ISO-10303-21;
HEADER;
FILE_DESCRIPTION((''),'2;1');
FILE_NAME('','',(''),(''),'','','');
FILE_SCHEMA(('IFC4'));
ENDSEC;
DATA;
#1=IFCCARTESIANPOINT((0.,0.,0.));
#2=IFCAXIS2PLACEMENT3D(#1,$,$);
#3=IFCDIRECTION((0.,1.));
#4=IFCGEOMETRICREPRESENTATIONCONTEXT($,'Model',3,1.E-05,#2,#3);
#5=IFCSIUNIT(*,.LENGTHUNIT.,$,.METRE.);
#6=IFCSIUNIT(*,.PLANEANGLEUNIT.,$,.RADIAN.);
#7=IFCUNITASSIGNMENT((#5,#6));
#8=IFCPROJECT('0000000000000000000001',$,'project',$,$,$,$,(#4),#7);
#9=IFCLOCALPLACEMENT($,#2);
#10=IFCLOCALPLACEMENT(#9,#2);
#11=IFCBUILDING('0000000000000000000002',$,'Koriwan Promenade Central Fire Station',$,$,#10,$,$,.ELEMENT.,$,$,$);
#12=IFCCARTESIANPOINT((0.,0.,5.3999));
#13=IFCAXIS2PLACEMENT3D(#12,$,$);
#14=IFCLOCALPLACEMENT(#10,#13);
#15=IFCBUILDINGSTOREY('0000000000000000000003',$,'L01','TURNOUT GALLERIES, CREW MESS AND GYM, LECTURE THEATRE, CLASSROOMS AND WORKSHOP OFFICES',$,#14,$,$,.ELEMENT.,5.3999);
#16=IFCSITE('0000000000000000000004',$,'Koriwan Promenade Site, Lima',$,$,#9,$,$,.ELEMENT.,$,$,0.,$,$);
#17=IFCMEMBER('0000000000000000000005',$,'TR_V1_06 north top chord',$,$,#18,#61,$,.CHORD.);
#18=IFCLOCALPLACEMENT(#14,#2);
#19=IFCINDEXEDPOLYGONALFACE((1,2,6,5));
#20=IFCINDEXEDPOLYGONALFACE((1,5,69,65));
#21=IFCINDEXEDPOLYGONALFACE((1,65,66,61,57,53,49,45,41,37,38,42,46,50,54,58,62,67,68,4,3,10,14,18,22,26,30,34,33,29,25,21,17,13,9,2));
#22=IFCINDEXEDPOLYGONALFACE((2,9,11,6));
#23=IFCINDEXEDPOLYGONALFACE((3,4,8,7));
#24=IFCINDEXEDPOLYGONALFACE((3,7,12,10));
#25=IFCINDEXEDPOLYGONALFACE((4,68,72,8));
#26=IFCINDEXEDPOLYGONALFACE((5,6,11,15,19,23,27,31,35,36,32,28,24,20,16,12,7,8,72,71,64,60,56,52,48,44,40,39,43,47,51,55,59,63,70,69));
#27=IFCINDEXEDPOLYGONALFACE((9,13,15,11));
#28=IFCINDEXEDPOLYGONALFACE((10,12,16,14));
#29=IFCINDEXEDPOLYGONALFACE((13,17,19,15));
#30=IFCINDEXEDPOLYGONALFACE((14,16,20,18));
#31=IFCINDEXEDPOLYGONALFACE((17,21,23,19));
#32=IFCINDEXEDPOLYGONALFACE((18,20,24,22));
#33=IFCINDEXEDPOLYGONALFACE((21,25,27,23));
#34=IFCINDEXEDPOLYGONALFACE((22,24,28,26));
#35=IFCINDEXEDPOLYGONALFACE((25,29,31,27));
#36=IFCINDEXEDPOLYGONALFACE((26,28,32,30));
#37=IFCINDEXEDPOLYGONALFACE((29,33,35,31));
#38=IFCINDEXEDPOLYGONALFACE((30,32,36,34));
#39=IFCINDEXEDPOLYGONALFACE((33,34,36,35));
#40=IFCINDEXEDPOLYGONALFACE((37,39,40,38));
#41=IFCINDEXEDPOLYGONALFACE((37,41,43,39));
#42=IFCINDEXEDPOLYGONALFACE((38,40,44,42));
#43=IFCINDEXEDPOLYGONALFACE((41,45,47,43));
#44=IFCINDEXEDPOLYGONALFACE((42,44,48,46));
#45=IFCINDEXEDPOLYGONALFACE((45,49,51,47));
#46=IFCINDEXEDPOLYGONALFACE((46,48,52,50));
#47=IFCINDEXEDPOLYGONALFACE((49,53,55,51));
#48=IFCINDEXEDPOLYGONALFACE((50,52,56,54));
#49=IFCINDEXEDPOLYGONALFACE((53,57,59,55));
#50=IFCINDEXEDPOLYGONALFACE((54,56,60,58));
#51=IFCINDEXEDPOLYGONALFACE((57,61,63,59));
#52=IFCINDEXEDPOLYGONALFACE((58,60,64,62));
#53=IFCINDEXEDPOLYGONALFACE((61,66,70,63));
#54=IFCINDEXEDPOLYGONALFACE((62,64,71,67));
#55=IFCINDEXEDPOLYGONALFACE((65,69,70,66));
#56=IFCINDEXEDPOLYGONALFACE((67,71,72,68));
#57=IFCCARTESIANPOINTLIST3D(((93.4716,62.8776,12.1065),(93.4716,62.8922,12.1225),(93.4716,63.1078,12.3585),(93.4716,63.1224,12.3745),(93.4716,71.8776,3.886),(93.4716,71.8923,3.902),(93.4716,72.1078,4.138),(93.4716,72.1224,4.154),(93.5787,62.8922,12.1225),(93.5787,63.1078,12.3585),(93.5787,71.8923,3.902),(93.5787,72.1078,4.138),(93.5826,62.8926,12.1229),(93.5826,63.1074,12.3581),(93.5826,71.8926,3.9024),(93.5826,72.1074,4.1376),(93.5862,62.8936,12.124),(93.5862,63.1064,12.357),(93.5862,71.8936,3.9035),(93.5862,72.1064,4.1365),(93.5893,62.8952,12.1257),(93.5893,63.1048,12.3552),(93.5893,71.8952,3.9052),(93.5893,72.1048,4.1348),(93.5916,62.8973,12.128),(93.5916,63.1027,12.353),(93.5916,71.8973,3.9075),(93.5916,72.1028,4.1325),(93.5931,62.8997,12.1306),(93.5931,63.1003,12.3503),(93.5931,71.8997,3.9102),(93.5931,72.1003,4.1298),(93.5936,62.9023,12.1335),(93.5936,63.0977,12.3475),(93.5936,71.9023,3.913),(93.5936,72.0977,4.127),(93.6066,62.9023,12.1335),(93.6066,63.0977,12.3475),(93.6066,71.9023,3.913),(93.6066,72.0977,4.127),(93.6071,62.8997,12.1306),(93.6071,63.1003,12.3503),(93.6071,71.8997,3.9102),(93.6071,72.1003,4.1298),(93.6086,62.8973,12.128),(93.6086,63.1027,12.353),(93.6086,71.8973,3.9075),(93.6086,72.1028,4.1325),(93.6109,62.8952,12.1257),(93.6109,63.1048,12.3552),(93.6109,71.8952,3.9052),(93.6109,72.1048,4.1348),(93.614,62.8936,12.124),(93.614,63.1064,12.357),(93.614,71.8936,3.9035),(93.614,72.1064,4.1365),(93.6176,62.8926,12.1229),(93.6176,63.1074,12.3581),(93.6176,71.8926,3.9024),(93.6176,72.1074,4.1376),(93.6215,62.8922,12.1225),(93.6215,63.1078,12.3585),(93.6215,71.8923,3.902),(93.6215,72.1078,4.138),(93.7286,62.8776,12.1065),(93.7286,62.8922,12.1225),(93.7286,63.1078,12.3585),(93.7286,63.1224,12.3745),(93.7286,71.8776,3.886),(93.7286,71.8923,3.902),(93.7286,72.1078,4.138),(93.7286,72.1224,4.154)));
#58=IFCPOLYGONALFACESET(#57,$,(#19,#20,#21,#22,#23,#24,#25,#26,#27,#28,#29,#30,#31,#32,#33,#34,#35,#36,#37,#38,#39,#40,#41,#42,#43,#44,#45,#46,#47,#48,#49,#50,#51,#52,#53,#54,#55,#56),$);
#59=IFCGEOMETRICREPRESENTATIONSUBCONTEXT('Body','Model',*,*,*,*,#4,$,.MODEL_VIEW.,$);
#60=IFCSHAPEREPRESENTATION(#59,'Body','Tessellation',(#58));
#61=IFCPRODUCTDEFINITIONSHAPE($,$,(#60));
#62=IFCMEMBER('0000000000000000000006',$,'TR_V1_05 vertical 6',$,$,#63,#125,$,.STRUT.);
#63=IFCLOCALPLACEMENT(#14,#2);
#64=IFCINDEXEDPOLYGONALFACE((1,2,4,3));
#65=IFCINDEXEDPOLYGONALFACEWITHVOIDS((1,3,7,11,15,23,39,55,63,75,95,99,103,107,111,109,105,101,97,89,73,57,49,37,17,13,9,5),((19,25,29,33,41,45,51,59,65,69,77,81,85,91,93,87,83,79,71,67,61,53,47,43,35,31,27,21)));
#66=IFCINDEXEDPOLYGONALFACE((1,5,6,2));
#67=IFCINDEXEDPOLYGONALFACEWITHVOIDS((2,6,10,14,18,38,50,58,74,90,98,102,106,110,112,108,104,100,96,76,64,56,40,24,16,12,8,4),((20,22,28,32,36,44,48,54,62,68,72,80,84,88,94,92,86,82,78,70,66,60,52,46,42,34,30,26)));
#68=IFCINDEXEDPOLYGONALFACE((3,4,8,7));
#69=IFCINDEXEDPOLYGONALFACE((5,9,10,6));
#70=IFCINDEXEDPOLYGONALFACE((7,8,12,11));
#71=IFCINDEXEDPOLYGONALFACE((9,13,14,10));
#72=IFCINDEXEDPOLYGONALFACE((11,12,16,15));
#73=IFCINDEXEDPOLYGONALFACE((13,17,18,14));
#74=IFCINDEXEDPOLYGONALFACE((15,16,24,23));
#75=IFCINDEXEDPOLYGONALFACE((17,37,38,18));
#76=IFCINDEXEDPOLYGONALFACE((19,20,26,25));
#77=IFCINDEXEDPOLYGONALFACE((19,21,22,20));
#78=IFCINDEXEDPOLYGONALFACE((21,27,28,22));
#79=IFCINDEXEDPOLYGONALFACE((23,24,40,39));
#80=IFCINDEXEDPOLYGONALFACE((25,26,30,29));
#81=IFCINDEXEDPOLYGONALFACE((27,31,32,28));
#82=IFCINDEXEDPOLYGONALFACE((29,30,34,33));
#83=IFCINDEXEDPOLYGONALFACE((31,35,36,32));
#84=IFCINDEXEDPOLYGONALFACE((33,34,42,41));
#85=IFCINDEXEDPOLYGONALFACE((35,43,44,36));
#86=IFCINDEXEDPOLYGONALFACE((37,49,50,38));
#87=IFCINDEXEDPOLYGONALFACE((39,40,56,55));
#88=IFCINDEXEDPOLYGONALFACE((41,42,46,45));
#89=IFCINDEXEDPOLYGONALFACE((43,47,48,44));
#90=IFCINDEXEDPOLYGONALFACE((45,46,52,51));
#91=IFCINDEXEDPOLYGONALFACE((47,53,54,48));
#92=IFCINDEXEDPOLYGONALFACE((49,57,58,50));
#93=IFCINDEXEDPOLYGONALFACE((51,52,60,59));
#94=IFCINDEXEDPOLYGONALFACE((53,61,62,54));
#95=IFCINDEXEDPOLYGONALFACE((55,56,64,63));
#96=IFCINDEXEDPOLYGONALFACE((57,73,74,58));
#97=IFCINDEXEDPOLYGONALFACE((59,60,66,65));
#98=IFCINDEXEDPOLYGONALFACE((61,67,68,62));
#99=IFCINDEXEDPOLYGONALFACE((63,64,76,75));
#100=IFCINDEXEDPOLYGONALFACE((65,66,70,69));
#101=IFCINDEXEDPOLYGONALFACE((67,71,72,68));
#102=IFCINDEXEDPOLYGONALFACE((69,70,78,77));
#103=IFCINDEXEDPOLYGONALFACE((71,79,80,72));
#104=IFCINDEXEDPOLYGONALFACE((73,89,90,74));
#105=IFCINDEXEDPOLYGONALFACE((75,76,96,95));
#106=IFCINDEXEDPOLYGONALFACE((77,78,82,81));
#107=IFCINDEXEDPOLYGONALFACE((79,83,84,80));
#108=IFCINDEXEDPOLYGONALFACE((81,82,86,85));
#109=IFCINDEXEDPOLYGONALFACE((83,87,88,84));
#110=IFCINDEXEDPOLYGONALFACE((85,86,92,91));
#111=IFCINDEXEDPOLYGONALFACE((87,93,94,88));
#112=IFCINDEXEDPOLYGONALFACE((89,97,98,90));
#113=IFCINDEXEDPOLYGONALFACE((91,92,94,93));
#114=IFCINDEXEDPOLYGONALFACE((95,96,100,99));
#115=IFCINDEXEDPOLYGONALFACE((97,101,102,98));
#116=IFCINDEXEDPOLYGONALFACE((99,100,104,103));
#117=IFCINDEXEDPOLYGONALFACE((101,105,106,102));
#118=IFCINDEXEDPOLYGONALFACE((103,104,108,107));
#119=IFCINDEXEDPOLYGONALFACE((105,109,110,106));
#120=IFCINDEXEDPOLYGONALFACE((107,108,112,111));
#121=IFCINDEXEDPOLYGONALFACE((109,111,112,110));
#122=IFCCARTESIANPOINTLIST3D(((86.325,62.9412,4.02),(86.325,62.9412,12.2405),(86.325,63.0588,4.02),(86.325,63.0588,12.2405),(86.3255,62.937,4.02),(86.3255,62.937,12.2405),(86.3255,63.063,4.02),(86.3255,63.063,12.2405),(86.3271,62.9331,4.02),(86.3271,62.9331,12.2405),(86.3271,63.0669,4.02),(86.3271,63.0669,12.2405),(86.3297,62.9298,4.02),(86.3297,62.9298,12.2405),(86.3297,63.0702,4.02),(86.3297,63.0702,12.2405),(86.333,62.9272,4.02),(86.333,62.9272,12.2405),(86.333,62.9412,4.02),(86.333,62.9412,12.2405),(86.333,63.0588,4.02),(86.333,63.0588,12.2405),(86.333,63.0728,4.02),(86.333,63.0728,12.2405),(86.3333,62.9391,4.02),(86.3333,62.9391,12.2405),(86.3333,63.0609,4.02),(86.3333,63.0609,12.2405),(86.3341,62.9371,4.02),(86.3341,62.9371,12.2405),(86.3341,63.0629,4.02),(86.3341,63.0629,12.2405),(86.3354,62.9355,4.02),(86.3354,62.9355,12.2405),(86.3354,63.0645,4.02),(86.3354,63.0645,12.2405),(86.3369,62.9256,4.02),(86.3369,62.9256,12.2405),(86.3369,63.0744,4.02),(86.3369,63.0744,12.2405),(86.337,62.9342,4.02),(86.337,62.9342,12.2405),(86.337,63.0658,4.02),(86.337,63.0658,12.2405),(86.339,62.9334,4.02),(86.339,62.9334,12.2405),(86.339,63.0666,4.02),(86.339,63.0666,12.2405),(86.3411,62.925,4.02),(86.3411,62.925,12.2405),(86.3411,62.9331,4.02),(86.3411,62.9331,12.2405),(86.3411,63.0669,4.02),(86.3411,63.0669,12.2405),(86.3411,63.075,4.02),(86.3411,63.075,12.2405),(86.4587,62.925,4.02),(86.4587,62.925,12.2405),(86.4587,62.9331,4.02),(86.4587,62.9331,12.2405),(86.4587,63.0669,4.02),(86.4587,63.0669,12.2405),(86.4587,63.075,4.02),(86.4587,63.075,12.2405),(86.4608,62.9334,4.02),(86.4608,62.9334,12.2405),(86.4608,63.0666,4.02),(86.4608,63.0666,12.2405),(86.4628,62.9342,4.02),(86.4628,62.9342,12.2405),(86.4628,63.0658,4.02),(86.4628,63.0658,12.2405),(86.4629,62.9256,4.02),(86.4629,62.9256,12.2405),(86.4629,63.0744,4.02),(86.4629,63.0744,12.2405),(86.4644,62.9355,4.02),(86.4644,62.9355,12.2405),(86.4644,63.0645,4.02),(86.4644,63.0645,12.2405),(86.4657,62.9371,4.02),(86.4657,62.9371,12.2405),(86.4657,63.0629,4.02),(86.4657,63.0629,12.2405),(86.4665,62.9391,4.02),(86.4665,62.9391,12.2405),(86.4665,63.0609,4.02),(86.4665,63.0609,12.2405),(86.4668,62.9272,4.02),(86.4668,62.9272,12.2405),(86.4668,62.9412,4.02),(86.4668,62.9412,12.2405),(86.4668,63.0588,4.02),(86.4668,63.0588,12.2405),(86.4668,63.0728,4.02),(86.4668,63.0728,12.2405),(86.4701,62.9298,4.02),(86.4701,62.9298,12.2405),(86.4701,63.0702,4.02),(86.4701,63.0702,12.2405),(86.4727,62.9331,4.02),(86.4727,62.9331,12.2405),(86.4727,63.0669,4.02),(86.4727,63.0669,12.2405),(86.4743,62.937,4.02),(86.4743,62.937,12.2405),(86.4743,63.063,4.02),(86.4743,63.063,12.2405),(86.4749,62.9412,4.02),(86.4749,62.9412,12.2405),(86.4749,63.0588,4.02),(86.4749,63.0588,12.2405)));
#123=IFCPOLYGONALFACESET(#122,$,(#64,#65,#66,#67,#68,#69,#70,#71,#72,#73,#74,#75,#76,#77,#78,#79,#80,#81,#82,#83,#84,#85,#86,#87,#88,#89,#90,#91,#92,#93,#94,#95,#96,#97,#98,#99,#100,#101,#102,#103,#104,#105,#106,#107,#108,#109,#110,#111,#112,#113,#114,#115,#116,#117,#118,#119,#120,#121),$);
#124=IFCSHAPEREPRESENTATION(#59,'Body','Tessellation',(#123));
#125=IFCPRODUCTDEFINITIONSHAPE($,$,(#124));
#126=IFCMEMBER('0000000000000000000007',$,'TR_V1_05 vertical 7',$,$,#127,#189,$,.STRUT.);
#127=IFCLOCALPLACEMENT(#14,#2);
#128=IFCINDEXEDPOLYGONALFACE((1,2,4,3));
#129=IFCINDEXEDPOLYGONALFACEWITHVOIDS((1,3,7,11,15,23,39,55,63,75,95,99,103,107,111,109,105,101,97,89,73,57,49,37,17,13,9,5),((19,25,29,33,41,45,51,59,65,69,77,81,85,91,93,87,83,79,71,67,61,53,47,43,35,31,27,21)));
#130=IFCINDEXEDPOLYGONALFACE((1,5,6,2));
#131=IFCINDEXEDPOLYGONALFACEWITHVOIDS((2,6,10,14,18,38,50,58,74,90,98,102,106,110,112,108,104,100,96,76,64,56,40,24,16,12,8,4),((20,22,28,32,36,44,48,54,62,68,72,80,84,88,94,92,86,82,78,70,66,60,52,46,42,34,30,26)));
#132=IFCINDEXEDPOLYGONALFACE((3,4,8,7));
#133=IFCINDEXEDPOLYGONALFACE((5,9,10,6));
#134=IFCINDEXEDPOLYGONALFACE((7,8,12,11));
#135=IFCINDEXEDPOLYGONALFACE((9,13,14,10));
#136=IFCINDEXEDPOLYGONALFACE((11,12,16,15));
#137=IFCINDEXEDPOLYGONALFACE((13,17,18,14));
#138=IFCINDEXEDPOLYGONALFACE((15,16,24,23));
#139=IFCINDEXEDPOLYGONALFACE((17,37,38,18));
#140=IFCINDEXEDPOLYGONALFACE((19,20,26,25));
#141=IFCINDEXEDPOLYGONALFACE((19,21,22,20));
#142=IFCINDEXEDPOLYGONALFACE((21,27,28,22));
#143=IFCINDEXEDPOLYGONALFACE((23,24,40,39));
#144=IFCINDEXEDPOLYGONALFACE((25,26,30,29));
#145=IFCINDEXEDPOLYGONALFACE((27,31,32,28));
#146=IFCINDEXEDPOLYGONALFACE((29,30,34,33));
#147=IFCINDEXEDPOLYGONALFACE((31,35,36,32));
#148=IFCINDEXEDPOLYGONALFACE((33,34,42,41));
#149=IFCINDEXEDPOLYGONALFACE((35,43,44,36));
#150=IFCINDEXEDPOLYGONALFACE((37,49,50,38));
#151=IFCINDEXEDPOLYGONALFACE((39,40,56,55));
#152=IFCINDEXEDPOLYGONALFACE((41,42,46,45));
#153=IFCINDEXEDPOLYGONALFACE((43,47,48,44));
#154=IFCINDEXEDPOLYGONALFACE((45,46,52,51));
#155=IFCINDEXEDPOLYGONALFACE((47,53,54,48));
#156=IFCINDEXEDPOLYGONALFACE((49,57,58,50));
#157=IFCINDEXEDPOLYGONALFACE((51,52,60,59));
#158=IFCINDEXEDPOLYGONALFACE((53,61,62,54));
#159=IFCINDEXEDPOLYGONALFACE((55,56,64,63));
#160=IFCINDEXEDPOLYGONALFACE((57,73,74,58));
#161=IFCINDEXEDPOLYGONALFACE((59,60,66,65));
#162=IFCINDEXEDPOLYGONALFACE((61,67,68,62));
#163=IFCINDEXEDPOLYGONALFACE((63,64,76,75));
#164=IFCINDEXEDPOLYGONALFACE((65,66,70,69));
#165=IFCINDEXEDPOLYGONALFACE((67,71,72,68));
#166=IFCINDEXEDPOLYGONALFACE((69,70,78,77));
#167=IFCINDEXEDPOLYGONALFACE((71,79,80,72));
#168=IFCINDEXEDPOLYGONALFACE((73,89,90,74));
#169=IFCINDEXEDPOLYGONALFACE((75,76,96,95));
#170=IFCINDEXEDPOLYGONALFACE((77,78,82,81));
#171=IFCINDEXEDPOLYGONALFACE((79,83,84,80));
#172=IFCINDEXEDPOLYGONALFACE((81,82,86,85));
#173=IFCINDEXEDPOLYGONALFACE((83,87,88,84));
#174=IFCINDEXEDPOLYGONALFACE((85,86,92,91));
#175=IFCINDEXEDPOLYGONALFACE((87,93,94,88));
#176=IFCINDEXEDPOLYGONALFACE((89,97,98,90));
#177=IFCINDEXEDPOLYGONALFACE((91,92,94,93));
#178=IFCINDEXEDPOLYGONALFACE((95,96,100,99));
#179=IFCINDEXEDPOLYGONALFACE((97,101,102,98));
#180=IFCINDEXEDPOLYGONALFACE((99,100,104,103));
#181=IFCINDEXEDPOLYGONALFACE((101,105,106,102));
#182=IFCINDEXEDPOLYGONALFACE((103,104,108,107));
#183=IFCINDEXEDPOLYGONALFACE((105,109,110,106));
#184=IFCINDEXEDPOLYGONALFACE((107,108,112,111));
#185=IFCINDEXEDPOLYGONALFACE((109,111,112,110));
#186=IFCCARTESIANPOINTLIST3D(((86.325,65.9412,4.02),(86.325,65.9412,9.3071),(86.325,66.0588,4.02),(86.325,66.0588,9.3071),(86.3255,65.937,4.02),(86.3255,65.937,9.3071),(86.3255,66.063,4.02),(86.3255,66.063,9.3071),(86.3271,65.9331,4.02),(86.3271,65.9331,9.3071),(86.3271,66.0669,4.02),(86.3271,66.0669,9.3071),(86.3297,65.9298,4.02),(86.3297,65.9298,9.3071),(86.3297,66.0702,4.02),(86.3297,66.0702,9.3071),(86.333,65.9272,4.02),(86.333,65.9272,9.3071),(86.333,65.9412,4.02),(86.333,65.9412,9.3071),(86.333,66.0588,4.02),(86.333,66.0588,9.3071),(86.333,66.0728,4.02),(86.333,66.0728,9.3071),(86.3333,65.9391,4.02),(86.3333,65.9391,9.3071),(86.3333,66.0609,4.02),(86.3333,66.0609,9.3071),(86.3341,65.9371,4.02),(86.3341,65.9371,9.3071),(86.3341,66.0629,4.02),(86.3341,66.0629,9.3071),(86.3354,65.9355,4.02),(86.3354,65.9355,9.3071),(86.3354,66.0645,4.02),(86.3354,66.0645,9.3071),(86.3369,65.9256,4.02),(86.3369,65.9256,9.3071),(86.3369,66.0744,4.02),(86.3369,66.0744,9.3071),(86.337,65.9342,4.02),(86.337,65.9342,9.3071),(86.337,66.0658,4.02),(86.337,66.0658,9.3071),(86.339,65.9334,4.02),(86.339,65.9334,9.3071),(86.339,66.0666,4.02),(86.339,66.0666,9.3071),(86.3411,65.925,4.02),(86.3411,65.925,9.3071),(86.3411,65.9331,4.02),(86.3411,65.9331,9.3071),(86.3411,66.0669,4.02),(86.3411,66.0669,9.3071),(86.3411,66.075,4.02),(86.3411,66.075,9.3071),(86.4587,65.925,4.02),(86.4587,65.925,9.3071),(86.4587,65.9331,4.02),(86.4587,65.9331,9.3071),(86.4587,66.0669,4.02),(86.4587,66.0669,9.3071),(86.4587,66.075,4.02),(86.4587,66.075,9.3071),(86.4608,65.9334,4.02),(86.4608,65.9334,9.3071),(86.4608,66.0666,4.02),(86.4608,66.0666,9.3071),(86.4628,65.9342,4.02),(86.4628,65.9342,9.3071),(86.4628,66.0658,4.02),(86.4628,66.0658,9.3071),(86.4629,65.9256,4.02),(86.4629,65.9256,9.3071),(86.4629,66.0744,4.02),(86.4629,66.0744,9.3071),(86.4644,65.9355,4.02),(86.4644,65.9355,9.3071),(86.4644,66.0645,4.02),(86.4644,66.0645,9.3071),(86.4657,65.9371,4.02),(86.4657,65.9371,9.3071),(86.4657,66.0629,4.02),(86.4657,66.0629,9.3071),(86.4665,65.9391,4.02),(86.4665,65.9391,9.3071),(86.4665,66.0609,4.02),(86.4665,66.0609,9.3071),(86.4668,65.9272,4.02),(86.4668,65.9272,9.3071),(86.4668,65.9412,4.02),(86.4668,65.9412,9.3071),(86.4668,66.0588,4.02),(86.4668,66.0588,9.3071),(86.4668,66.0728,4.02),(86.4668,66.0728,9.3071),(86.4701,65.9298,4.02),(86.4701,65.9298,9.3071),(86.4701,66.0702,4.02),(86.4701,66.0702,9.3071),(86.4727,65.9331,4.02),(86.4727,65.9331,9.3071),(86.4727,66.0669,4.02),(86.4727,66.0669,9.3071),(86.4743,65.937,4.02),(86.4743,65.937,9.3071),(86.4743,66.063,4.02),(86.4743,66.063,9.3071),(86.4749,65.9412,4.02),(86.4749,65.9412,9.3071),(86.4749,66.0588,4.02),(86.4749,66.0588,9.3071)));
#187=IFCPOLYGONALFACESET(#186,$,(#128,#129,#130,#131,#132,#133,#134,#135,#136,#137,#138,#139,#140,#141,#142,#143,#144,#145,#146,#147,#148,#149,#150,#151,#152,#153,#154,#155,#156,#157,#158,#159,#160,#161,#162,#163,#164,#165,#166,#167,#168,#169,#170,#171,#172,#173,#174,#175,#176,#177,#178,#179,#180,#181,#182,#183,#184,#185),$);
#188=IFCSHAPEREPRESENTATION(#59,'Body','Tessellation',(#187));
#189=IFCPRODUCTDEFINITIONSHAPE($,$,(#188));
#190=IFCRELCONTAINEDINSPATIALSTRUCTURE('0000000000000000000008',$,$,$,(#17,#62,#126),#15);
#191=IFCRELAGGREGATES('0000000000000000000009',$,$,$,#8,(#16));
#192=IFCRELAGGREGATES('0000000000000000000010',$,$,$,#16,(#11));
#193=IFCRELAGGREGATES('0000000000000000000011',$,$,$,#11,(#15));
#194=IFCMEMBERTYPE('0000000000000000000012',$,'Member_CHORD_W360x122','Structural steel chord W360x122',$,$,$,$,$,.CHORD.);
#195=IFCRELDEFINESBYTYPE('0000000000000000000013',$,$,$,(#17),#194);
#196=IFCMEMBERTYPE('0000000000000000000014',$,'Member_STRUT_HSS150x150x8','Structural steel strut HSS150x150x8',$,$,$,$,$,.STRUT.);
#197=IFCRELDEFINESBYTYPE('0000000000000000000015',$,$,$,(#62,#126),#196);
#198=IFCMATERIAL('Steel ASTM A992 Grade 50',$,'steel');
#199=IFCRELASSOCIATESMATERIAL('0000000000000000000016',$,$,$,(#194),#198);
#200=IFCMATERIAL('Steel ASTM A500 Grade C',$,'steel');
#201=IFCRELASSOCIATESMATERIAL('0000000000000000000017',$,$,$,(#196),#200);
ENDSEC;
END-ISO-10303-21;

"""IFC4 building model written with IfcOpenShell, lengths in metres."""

from ifc_helpers import new_model, si_unit, direction, frame, origin, origin_2d, place, context, subcontext, project, spatial, hollow_rectangle, i_section, extrude, material, material_profile, profile_set, type_object, element, save


model = new_model("IFC4")

# Units and contexts
model_context = context("Model", 3, precision=1e-05, world=origin(), true_north=direction((0.0, 1.0)))
body_context = subcontext(model_context, "Body", "Model", "MODEL_VIEW")
ifc_project = project(units=[si_unit("LENGTHUNIT", "METRE"), si_unit("PLANEANGLEUNIT", "RADIAN")], contexts=[model_context])

# Site, building, storey
site_placement = place(None, origin())
site = spatial("IfcSite", under=ifc_project, at=site_placement, Name="Koriwan Promenade Site, Lima", CompositionType="ELEMENT", RefElevation=0.0)
building_placement = place(site_placement, origin())
building = spatial("IfcBuilding", under=site, at=building_placement, Name="Koriwan Promenade Central Fire Station", CompositionType="ELEMENT")
storey_placement = place(building_placement, frame((0.0, 0.0, 5.3999)))
storey = spatial("IfcBuildingStorey", under=building, at=storey_placement, Name="L01", Description="TURNOUT GALLERIES, CREW MESS AND GYM, LECTURE THEATRE, CLASSROOMS AND WORKSHOP OFFICES", CompositionType="ELEMENT", Elevation=5.3999)

# Members
ifc_material_1 = material(Name="Steel ASTM A992 Grade 50", Category="steel")
ifc_material_profile_1 = material_profile(ifc_material_1, i_section(OverallWidth=0.2571, OverallDepth=0.363, WebThickness=0.0129, FlangeThickness=0.0217, FilletRadius=0.0149, at=origin_2d()), Name="W360x122")
ifc_profile_set_1 = profile_set([ifc_material_profile_1], Name="Steel ASTM A992 Grade 50")
member_type_1 = type_object("IfcMemberType", Name="Member_CHORD_W360x122", Description="Structural steel chord W360x122", PredefinedType="CHORD", material=ifc_profile_set_1)
member_1_placement = place(storey_placement, frame((93.6001, 63.0, 12.2405), z_axis=(0.0, 0.73836, -0.674407), x_axis=(-1.0, 0.0, 0.0)))
element("IfcMember", 1, at=member_1_placement, inside=storey, type_object=member_type_1, Name="TR_V1_06 north top chord", PredefinedType="CHORD", context=body_context, shape_type="SweptSolid", body=[
    extrude(i_section(OverallWidth=0.2571, OverallDepth=0.363, WebThickness=0.0129, FlangeThickness=0.0217, FilletRadius=0.0149, at=origin_2d()), origin(), (0.0, 0.0, 1.0), 12.1892),
])
ifc_material_2 = material(Name="Steel ASTM A500 Grade C", Category="steel")
ifc_material_profile_2 = material_profile(ifc_material_2, hollow_rectangle(XDim=0.1499, YDim=0.1499, WallThickness=0.0081, InnerFilletRadius=0.0081, OuterFilletRadius=0.0161, at=origin_2d()), Name="HSS150x150x8")
ifc_profile_set_2 = profile_set([ifc_material_profile_2], Name="Steel ASTM A500 Grade C")
member_type_2 = type_object("IfcMemberType", Name="Member_STRUT_HSS150x150x8", Description="Structural steel strut HSS150x150x8", PredefinedType="STRUT", material=ifc_profile_set_2)
member_2_placement = place(storey_placement, frame((86.3999, 63.0, 4.02), z_axis=(0.0, 0.0, 1.0), x_axis=(1.0, 0.0, 0.0)))
element("IfcMember", 2, at=member_2_placement, inside=storey, type_object=member_type_2, Name="TR_V1_05 vertical 6", PredefinedType="STRUT", context=body_context, shape_type="SweptSolid", body=[
    extrude(hollow_rectangle(XDim=0.1499, YDim=0.1499, WallThickness=0.0081, InnerFilletRadius=0.0081, OuterFilletRadius=0.0161, at=origin_2d()), origin(), (0.0, 0.0, 1.0), 8.2205),
])
member_3_placement = place(storey_placement, frame((86.3999, 66.0, 4.02), z_axis=(0.0, 0.0, 1.0), x_axis=(1.0, 0.0, 0.0)))
element("IfcMember", 3, at=member_3_placement, inside=storey, type_object=member_type_2, Name="TR_V1_05 vertical 7", PredefinedType="STRUT", context=body_context, shape_type="SweptSolid", body=[
    extrude(hollow_rectangle(XDim=0.1499, YDim=0.1499, WallThickness=0.0081, InnerFilletRadius=0.0081, OuterFilletRadius=0.0161, at=origin_2d()), origin(), (0.0, 0.0, 1.0), 5.2871),
])

save(model, "model.ifc")
